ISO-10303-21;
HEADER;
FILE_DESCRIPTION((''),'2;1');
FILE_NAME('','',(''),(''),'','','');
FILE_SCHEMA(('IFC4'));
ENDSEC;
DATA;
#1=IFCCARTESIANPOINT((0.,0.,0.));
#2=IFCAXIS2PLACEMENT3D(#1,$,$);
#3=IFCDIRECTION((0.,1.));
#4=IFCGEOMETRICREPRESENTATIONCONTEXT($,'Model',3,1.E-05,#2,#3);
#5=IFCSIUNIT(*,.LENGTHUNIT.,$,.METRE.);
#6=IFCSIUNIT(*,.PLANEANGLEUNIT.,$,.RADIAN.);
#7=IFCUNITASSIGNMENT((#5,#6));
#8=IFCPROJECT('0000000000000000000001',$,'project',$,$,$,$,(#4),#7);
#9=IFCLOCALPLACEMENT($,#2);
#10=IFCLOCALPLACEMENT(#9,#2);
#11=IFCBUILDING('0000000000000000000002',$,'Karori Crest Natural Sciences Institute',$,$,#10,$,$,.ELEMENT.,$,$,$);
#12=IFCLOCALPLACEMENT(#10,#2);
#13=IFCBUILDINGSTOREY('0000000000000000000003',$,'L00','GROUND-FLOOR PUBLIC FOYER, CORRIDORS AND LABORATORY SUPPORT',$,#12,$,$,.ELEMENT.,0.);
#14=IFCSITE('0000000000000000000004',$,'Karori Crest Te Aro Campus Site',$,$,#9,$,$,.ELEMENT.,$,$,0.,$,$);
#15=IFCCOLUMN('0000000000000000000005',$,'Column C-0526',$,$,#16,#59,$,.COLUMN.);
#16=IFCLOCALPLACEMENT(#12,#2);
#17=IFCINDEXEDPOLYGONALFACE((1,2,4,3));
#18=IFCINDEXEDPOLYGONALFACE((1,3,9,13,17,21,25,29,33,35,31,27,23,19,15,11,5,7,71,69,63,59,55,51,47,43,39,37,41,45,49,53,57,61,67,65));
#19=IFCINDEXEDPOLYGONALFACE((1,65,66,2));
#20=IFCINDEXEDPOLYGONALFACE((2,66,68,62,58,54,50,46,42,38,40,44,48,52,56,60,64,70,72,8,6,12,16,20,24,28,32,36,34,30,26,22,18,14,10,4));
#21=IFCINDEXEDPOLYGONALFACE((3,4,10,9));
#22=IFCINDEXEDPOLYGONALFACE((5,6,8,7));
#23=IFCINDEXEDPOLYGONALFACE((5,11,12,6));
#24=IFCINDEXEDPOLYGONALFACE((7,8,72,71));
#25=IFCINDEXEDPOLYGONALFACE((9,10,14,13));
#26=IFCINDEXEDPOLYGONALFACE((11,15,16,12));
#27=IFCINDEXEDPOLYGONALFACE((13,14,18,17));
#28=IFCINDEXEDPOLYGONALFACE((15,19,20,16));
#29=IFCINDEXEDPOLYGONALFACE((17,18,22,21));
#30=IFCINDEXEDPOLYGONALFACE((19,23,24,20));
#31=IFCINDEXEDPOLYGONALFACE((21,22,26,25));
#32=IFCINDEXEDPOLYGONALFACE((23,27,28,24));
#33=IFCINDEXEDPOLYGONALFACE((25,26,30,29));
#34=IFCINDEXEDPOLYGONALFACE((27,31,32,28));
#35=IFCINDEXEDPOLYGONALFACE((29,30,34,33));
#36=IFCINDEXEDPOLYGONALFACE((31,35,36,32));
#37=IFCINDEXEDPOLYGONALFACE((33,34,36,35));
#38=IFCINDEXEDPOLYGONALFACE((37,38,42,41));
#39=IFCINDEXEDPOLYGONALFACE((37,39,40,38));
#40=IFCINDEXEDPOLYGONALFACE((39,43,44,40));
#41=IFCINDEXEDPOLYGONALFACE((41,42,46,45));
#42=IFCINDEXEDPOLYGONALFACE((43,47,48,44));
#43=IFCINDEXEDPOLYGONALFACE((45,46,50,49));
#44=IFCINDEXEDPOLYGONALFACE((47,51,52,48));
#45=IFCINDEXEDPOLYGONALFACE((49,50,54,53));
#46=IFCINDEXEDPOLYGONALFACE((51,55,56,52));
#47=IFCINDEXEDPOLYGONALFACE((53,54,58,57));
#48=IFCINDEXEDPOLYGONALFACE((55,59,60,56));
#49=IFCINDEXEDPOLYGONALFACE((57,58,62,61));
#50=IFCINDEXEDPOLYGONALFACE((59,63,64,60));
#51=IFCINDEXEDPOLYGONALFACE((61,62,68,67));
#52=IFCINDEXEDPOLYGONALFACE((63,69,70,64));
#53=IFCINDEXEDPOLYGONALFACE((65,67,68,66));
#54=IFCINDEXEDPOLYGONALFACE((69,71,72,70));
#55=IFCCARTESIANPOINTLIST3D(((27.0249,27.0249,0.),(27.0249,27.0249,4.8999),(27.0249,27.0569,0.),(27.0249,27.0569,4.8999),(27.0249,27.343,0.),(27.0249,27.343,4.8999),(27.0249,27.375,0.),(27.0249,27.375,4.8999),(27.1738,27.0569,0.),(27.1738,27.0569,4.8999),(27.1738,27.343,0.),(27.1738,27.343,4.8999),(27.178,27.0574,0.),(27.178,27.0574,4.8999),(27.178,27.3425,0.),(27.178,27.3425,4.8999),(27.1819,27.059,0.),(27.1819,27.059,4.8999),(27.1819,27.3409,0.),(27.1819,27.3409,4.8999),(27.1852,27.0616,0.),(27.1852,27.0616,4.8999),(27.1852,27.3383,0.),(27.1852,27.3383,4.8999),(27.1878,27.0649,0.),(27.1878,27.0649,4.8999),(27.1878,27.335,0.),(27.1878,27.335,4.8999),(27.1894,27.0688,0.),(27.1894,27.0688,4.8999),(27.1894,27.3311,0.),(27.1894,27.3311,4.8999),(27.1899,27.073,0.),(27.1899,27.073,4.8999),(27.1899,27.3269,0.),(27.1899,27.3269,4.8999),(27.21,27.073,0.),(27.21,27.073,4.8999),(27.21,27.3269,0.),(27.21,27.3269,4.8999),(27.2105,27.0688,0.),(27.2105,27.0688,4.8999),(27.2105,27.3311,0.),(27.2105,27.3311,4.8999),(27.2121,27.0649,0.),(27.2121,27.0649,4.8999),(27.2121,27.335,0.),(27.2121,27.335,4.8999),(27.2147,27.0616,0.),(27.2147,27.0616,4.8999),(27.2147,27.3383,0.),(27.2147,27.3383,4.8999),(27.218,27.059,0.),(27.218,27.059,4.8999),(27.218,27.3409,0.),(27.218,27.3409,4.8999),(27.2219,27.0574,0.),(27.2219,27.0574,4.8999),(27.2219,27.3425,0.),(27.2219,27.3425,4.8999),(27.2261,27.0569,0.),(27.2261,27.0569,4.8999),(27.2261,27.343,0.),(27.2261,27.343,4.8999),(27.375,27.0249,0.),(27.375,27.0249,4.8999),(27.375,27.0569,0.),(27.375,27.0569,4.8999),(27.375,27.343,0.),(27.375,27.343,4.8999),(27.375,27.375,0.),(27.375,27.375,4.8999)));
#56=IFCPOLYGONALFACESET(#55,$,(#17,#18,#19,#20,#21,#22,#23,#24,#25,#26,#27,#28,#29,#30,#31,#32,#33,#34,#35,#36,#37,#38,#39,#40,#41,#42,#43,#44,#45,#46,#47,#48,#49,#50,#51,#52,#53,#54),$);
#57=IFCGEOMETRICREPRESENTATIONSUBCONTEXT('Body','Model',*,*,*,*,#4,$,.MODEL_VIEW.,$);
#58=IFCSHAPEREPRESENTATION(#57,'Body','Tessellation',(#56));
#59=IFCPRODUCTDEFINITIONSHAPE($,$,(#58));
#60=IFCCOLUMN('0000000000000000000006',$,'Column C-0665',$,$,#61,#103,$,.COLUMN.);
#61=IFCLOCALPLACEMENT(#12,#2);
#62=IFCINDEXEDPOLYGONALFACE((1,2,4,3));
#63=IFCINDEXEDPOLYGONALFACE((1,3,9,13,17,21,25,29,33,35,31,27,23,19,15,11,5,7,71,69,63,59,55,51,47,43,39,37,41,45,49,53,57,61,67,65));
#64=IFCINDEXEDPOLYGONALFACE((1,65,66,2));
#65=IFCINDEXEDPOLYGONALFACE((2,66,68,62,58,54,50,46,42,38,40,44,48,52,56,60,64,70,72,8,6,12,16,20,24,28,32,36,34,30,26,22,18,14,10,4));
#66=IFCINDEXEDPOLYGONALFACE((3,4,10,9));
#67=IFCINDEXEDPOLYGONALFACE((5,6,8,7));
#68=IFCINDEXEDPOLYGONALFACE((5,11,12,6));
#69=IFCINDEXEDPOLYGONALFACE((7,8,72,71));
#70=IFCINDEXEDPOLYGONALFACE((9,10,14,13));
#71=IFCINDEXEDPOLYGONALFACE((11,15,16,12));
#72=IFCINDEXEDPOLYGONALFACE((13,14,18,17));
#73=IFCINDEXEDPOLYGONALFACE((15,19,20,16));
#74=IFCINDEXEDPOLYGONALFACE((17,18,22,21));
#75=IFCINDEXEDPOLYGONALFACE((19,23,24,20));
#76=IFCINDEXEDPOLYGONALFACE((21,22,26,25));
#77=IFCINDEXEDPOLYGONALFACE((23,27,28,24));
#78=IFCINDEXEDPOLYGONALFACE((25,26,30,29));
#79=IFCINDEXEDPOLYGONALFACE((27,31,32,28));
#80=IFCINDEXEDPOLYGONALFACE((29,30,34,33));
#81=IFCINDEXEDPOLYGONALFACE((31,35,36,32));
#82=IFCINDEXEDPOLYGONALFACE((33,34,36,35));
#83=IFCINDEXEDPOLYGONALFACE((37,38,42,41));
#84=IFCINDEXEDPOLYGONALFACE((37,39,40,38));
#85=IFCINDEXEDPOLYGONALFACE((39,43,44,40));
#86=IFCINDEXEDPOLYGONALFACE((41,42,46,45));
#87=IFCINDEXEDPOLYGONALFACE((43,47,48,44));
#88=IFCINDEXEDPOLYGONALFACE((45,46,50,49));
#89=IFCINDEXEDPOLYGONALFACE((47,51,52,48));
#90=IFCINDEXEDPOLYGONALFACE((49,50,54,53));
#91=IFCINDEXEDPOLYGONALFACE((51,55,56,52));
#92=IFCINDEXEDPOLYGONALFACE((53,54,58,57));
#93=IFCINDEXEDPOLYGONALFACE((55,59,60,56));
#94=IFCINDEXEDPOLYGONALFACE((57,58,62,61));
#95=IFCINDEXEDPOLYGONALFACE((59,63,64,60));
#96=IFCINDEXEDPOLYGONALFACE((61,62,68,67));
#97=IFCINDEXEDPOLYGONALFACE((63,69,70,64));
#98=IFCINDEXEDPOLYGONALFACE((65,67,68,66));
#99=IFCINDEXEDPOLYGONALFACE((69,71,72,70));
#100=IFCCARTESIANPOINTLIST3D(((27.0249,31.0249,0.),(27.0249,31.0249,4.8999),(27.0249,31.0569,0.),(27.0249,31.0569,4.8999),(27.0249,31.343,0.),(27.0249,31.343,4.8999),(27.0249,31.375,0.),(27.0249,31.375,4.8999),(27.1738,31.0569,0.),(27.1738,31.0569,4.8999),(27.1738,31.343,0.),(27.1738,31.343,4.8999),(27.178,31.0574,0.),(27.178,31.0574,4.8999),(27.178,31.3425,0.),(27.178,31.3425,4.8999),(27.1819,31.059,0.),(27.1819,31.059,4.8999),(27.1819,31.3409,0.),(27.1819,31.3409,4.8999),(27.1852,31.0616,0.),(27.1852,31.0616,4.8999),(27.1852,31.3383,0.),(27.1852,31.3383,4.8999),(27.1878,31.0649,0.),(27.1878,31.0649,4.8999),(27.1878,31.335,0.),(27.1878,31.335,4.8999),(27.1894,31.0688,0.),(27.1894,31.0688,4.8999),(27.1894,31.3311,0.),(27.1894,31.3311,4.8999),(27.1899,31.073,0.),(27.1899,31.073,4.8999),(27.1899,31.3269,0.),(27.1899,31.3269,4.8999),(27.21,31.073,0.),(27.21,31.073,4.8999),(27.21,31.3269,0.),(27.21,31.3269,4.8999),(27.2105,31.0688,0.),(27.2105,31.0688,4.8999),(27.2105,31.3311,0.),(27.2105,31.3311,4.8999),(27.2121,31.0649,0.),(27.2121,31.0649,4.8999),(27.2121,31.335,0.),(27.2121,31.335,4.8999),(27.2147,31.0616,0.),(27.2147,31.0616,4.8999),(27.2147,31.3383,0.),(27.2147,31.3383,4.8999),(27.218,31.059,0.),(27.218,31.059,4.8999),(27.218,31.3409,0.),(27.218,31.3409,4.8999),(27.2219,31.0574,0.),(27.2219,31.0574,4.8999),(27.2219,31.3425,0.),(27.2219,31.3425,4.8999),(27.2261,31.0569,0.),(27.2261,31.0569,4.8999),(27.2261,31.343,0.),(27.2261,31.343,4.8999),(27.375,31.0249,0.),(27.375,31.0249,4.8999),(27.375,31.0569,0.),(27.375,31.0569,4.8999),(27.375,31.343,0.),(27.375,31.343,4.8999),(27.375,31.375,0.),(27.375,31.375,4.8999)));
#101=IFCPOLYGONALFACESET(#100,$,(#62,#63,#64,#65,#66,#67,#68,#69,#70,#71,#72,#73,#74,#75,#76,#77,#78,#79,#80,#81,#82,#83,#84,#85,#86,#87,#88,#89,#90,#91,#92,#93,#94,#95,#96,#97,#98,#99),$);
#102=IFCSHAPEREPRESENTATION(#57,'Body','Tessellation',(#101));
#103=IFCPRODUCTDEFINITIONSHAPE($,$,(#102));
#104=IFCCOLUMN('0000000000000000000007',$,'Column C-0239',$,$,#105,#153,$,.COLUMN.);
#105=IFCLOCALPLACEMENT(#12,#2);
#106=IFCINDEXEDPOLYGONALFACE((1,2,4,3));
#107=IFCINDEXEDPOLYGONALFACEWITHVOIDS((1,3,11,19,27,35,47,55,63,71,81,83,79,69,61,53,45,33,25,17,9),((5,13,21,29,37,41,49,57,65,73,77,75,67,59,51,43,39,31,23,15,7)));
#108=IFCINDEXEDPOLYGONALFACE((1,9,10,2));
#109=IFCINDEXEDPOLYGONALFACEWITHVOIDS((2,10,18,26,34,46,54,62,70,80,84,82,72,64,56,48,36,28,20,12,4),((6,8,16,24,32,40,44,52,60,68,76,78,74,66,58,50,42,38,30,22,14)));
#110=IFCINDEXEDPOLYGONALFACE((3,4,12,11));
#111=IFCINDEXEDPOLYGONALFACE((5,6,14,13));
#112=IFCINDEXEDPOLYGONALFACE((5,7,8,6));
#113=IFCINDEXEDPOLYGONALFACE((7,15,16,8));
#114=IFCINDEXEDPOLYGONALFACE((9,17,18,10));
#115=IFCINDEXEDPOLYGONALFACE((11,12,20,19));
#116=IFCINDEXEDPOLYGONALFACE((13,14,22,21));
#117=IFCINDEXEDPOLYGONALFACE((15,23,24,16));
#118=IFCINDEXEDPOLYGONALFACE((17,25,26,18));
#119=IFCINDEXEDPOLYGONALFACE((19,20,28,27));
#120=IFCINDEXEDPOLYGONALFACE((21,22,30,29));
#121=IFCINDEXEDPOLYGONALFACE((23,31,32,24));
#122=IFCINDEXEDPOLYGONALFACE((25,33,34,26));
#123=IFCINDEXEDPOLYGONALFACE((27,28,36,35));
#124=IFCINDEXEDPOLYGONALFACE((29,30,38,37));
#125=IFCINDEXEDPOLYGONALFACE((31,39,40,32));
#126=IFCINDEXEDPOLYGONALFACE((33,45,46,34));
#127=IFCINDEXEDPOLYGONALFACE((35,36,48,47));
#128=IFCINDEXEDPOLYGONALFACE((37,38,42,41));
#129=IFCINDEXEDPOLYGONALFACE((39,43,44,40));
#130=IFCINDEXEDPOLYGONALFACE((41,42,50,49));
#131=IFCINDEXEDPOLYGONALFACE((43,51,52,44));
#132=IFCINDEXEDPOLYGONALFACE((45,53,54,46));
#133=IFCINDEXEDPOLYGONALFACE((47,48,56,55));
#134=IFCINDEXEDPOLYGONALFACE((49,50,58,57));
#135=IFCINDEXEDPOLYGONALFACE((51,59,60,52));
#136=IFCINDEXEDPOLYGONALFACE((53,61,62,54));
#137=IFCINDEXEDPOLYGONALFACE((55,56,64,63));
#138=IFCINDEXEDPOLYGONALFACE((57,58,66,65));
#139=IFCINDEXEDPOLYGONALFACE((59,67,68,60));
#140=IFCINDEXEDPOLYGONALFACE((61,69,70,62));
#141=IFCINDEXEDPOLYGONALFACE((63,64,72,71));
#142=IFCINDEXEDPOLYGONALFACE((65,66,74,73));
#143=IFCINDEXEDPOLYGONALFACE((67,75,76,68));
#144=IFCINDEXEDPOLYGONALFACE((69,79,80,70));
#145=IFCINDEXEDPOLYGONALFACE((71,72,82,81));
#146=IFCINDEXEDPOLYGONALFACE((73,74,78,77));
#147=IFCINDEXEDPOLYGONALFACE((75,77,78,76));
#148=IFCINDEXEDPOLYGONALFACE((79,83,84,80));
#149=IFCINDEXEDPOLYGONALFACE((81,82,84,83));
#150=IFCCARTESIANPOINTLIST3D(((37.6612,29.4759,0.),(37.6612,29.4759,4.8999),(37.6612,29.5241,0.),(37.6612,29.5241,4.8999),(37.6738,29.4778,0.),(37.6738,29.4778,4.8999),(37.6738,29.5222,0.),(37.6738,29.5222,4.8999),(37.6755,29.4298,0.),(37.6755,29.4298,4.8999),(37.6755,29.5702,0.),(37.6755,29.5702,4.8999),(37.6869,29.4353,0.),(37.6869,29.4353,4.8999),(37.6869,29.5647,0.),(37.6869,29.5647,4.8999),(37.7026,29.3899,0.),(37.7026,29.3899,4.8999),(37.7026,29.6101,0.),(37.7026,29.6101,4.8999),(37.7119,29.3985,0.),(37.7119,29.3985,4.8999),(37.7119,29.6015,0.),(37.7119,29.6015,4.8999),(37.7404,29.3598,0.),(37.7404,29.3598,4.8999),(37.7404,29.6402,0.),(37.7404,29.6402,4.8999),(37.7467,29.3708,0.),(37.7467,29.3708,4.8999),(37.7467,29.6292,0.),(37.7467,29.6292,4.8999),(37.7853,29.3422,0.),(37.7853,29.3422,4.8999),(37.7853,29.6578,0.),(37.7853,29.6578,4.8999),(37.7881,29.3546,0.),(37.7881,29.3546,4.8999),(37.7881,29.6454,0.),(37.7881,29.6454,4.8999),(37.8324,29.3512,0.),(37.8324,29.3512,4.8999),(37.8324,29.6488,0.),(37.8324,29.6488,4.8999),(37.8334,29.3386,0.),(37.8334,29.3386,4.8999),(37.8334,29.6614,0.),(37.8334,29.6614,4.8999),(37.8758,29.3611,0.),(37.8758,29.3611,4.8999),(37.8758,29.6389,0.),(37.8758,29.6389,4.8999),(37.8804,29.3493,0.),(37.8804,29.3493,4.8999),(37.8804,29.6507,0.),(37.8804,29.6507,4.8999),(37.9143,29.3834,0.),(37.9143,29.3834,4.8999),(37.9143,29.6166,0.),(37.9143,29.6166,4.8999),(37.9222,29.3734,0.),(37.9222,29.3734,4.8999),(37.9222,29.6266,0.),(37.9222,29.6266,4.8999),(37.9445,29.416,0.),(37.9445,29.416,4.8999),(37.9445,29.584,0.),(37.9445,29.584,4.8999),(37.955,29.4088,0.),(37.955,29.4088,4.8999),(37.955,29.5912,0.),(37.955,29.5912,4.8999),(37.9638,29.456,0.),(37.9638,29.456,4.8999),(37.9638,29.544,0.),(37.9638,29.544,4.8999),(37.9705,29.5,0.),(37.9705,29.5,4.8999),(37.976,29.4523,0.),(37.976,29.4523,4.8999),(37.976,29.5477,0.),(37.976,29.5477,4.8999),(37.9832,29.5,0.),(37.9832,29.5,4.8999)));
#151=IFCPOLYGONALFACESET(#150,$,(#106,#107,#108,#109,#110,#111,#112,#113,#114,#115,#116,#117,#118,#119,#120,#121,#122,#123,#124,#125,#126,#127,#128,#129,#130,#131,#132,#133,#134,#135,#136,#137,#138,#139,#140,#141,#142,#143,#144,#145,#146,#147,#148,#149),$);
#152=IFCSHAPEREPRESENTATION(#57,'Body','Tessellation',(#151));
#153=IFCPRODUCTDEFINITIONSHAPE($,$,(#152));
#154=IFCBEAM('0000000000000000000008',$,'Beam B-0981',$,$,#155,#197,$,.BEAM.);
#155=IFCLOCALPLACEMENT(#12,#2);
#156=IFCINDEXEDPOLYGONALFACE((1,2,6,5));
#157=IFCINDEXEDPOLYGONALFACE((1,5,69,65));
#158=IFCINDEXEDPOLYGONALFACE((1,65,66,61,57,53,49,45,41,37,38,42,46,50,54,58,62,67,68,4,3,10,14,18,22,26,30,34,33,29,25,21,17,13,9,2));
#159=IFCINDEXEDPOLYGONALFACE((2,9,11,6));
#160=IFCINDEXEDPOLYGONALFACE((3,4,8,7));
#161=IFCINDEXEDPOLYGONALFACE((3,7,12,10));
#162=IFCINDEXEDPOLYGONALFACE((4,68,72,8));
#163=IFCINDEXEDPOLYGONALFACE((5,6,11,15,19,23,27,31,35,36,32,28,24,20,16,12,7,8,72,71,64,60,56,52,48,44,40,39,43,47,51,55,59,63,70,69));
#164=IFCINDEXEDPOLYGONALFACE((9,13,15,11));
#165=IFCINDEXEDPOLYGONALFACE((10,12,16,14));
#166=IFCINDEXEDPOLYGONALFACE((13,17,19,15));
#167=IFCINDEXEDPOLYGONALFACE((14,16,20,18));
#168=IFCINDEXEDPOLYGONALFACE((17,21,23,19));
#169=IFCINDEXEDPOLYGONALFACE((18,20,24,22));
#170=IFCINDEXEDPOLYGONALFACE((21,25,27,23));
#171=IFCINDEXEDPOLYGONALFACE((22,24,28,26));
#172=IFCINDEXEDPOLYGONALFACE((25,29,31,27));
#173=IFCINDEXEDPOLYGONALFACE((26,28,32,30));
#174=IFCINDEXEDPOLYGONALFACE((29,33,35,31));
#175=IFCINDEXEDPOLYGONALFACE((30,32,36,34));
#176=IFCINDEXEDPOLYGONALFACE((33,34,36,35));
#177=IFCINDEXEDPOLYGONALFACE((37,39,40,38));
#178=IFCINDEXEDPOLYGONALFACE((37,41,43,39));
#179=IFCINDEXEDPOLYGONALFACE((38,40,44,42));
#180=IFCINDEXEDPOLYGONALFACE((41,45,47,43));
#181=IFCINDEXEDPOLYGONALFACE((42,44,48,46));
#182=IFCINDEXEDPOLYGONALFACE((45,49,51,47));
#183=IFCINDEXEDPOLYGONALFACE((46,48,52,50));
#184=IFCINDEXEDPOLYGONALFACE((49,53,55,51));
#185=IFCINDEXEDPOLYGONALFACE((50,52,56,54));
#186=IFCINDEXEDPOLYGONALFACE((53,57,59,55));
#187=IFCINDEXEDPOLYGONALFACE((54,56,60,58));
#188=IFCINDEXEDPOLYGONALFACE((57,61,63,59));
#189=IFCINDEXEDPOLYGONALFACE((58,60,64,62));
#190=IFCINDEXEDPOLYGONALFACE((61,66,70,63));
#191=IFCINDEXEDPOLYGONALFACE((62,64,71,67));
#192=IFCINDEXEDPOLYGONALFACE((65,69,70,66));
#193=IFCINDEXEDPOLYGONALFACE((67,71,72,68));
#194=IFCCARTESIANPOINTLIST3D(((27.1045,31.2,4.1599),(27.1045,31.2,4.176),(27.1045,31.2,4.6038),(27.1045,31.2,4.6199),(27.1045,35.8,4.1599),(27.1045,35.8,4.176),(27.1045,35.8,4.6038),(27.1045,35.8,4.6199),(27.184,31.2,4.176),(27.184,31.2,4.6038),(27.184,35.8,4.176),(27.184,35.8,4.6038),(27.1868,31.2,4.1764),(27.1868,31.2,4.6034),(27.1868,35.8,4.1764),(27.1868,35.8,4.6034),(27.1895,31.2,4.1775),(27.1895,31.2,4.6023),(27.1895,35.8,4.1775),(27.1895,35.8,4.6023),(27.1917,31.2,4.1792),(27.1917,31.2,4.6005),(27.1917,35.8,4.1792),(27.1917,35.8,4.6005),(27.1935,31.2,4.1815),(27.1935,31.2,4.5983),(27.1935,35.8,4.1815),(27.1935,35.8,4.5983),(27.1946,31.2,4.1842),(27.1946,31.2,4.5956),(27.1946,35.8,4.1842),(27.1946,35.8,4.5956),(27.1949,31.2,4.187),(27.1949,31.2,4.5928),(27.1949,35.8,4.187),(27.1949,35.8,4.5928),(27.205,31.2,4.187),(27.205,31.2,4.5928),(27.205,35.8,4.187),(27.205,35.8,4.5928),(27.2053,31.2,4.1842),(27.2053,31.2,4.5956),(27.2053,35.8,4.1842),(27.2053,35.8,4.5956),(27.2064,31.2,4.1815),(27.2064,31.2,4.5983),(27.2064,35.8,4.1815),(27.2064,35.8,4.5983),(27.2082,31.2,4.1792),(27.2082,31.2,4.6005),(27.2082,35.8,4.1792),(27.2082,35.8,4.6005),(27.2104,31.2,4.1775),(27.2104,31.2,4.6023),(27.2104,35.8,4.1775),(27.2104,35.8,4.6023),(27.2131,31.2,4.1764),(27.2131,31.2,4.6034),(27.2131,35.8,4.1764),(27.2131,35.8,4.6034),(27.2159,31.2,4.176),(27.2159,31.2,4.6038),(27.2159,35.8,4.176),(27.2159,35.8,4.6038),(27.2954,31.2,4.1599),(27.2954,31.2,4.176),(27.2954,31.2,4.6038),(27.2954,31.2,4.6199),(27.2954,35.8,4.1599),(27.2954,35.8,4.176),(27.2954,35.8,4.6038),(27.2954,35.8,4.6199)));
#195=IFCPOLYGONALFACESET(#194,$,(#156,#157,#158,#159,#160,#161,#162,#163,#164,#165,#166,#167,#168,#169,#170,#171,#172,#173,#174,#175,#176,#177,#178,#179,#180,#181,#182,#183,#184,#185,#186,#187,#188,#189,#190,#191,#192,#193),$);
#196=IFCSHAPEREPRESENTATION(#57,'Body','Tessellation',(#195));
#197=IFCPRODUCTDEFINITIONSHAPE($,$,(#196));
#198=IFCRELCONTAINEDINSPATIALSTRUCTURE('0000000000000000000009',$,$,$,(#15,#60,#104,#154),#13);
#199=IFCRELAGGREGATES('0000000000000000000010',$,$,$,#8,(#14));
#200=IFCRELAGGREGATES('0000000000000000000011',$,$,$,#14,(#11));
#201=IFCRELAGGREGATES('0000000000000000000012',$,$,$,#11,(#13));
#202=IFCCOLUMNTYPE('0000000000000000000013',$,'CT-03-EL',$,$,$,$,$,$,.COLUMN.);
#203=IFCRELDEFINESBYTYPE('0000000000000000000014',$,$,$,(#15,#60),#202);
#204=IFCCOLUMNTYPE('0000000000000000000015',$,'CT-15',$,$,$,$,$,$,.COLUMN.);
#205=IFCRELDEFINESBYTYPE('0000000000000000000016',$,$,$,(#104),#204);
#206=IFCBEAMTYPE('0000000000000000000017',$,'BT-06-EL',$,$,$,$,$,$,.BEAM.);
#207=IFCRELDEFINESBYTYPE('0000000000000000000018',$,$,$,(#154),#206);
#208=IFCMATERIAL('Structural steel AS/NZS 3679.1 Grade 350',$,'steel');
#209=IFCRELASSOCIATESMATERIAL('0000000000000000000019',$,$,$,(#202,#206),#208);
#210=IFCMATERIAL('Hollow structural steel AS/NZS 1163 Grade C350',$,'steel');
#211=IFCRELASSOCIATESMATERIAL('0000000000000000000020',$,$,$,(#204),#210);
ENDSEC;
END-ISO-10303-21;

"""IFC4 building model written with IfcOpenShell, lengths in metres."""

from ifc_helpers import new_model, si_unit, direction, frame, origin, origin_2d, place, context, subcontext, project, spatial, hollow_circle, i_section, extrude, material, material_profile, profile_set, type_object, element, save


model = new_model("IFC4")

# Units and contexts
model_context = context("Model", 3, precision=1e-05, world=origin(), true_north=direction((0.0, 1.0)))
body_context = subcontext(model_context, "Body", "Model", "MODEL_VIEW")
ifc_project = project(units=[si_unit("LENGTHUNIT", "METRE"), si_unit("PLANEANGLEUNIT", "RADIAN")], contexts=[model_context])

# Site, building, storey
site_placement = place(None, origin())
site = spatial("IfcSite", under=ifc_project, at=site_placement, Name="Karori Crest Te Aro Campus Site", CompositionType="ELEMENT", RefElevation=0.0)
building_placement = place(site_placement, origin())
building = spatial("IfcBuilding", under=site, at=building_placement, Name="Karori Crest Natural Sciences Institute", CompositionType="ELEMENT")
storey_placement = place(building_placement, origin())
storey = spatial("IfcBuildingStorey", under=building, at=storey_placement, Name="L00", Description="GROUND-FLOOR PUBLIC FOYER, CORRIDORS AND LABORATORY SUPPORT", CompositionType="ELEMENT", Elevation=0.0)

# Columns
ifc_material_1 = material(Name="Structural steel AS/NZS 3679.1 Grade 350", Category="steel")
ifc_material_profile_1 = material_profile(ifc_material_1, i_section(OverallWidth=0.3501, OverallDepth=0.3501, WebThickness=0.02, FlangeThickness=0.032, FilletRadius=0.0161, at=origin_2d()), Name="350WC280")
ifc_profile_set_1 = profile_set([ifc_material_profile_1], Name="Structural steel AS/NZS 3679.1 Grade 350")
column_type_1 = type_object("IfcColumnType", Name="CT-03-EL", PredefinedType="COLUMN", material=ifc_profile_set_1)
for number, where, z_axis, x_axis, name in (
    (1, (27.2, 27.2, 0.0), (0.0, 0.0, 1.0), (1.0, 0.0, 0.0), "Column C-0526"),
    (2, (27.2, 31.2, 0.0), (0.0, 0.0, 1.0), (1.0, 0.0, 0.0), "Column C-0665"),
):
    element("IfcColumn", number, at=place(storey_placement, frame(where, z_axis=z_axis, x_axis=x_axis)), inside=storey, type_object=column_type_1, Name=name, PredefinedType="COLUMN", context=body_context, shape_type="SweptSolid", body=[
        extrude(i_section(OverallWidth=0.3501, OverallDepth=0.3501, WebThickness=0.02, FlangeThickness=0.032, FilletRadius=0.0161, at=origin_2d()), origin(), (0.0, 0.0, 1.0), 4.8999),
    ])
ifc_material_2 = material(Name="Hollow structural steel AS/NZS 1163 Grade C350", Category="steel")
ifc_material_profile_2 = material_profile(ifc_material_2, hollow_circle(Radius=0.1619, WallThickness=0.0127, at=origin_2d()), Name="CHS323.9x12.7")
ifc_profile_set_2 = profile_set([ifc_material_profile_2], Name="Hollow structural steel AS/NZS 1163 Grade C350")
column_type_2 = type_object("IfcColumnType", Name="CT-15", PredefinedType="COLUMN", material=ifc_profile_set_2)
column_placement = place(storey_placement, frame((37.8213, 29.5, 0.0), z_axis=(0.0, 0.0, 1.0), x_axis=(1.0, 0.0, 0.0)))
element("IfcColumn", 3, at=column_placement, inside=storey, type_object=column_type_2, Name="Column C-0239", PredefinedType="COLUMN", context=body_context, shape_type="SweptSolid", body=[
    extrude(hollow_circle(Radius=0.1619, WallThickness=0.0127, at=origin_2d()), origin(), (0.0, 0.0, 1.0), 4.8999),
])

# Beam
ifc_material_profile_3 = material_profile(ifc_material_1, i_section(OverallWidth=0.1909, OverallDepth=0.46, WebThickness=0.01, FlangeThickness=0.0161, FilletRadius=0.011, at=origin_2d()), Name="460UB82.1")
ifc_profile_set_3 = profile_set([ifc_material_profile_3], Name="Structural steel AS/NZS 3679.1 Grade 350")
beam_type_1 = type_object("IfcBeamType", Name="BT-06-EL", PredefinedType="BEAM", material=ifc_profile_set_3)
beam_1_placement = place(storey_placement, frame((27.2, 31.2, 4.3899), z_axis=(0.0, 1.0, 0.0), x_axis=(-1.0, 0.0, 0.0)))
element("IfcBeam", 4, at=beam_1_placement, inside=storey, type_object=beam_type_1, Name="Beam B-0981", PredefinedType="BEAM", context=body_context, shape_type="SweptSolid", body=[
    extrude(i_section(OverallWidth=0.1909, OverallDepth=0.46, WebThickness=0.01, FlangeThickness=0.0161, FilletRadius=0.011, at=origin_2d()), origin(), (0.0, 0.0, 1.0), 4.6001),
])

save(model, "model.ifc")
